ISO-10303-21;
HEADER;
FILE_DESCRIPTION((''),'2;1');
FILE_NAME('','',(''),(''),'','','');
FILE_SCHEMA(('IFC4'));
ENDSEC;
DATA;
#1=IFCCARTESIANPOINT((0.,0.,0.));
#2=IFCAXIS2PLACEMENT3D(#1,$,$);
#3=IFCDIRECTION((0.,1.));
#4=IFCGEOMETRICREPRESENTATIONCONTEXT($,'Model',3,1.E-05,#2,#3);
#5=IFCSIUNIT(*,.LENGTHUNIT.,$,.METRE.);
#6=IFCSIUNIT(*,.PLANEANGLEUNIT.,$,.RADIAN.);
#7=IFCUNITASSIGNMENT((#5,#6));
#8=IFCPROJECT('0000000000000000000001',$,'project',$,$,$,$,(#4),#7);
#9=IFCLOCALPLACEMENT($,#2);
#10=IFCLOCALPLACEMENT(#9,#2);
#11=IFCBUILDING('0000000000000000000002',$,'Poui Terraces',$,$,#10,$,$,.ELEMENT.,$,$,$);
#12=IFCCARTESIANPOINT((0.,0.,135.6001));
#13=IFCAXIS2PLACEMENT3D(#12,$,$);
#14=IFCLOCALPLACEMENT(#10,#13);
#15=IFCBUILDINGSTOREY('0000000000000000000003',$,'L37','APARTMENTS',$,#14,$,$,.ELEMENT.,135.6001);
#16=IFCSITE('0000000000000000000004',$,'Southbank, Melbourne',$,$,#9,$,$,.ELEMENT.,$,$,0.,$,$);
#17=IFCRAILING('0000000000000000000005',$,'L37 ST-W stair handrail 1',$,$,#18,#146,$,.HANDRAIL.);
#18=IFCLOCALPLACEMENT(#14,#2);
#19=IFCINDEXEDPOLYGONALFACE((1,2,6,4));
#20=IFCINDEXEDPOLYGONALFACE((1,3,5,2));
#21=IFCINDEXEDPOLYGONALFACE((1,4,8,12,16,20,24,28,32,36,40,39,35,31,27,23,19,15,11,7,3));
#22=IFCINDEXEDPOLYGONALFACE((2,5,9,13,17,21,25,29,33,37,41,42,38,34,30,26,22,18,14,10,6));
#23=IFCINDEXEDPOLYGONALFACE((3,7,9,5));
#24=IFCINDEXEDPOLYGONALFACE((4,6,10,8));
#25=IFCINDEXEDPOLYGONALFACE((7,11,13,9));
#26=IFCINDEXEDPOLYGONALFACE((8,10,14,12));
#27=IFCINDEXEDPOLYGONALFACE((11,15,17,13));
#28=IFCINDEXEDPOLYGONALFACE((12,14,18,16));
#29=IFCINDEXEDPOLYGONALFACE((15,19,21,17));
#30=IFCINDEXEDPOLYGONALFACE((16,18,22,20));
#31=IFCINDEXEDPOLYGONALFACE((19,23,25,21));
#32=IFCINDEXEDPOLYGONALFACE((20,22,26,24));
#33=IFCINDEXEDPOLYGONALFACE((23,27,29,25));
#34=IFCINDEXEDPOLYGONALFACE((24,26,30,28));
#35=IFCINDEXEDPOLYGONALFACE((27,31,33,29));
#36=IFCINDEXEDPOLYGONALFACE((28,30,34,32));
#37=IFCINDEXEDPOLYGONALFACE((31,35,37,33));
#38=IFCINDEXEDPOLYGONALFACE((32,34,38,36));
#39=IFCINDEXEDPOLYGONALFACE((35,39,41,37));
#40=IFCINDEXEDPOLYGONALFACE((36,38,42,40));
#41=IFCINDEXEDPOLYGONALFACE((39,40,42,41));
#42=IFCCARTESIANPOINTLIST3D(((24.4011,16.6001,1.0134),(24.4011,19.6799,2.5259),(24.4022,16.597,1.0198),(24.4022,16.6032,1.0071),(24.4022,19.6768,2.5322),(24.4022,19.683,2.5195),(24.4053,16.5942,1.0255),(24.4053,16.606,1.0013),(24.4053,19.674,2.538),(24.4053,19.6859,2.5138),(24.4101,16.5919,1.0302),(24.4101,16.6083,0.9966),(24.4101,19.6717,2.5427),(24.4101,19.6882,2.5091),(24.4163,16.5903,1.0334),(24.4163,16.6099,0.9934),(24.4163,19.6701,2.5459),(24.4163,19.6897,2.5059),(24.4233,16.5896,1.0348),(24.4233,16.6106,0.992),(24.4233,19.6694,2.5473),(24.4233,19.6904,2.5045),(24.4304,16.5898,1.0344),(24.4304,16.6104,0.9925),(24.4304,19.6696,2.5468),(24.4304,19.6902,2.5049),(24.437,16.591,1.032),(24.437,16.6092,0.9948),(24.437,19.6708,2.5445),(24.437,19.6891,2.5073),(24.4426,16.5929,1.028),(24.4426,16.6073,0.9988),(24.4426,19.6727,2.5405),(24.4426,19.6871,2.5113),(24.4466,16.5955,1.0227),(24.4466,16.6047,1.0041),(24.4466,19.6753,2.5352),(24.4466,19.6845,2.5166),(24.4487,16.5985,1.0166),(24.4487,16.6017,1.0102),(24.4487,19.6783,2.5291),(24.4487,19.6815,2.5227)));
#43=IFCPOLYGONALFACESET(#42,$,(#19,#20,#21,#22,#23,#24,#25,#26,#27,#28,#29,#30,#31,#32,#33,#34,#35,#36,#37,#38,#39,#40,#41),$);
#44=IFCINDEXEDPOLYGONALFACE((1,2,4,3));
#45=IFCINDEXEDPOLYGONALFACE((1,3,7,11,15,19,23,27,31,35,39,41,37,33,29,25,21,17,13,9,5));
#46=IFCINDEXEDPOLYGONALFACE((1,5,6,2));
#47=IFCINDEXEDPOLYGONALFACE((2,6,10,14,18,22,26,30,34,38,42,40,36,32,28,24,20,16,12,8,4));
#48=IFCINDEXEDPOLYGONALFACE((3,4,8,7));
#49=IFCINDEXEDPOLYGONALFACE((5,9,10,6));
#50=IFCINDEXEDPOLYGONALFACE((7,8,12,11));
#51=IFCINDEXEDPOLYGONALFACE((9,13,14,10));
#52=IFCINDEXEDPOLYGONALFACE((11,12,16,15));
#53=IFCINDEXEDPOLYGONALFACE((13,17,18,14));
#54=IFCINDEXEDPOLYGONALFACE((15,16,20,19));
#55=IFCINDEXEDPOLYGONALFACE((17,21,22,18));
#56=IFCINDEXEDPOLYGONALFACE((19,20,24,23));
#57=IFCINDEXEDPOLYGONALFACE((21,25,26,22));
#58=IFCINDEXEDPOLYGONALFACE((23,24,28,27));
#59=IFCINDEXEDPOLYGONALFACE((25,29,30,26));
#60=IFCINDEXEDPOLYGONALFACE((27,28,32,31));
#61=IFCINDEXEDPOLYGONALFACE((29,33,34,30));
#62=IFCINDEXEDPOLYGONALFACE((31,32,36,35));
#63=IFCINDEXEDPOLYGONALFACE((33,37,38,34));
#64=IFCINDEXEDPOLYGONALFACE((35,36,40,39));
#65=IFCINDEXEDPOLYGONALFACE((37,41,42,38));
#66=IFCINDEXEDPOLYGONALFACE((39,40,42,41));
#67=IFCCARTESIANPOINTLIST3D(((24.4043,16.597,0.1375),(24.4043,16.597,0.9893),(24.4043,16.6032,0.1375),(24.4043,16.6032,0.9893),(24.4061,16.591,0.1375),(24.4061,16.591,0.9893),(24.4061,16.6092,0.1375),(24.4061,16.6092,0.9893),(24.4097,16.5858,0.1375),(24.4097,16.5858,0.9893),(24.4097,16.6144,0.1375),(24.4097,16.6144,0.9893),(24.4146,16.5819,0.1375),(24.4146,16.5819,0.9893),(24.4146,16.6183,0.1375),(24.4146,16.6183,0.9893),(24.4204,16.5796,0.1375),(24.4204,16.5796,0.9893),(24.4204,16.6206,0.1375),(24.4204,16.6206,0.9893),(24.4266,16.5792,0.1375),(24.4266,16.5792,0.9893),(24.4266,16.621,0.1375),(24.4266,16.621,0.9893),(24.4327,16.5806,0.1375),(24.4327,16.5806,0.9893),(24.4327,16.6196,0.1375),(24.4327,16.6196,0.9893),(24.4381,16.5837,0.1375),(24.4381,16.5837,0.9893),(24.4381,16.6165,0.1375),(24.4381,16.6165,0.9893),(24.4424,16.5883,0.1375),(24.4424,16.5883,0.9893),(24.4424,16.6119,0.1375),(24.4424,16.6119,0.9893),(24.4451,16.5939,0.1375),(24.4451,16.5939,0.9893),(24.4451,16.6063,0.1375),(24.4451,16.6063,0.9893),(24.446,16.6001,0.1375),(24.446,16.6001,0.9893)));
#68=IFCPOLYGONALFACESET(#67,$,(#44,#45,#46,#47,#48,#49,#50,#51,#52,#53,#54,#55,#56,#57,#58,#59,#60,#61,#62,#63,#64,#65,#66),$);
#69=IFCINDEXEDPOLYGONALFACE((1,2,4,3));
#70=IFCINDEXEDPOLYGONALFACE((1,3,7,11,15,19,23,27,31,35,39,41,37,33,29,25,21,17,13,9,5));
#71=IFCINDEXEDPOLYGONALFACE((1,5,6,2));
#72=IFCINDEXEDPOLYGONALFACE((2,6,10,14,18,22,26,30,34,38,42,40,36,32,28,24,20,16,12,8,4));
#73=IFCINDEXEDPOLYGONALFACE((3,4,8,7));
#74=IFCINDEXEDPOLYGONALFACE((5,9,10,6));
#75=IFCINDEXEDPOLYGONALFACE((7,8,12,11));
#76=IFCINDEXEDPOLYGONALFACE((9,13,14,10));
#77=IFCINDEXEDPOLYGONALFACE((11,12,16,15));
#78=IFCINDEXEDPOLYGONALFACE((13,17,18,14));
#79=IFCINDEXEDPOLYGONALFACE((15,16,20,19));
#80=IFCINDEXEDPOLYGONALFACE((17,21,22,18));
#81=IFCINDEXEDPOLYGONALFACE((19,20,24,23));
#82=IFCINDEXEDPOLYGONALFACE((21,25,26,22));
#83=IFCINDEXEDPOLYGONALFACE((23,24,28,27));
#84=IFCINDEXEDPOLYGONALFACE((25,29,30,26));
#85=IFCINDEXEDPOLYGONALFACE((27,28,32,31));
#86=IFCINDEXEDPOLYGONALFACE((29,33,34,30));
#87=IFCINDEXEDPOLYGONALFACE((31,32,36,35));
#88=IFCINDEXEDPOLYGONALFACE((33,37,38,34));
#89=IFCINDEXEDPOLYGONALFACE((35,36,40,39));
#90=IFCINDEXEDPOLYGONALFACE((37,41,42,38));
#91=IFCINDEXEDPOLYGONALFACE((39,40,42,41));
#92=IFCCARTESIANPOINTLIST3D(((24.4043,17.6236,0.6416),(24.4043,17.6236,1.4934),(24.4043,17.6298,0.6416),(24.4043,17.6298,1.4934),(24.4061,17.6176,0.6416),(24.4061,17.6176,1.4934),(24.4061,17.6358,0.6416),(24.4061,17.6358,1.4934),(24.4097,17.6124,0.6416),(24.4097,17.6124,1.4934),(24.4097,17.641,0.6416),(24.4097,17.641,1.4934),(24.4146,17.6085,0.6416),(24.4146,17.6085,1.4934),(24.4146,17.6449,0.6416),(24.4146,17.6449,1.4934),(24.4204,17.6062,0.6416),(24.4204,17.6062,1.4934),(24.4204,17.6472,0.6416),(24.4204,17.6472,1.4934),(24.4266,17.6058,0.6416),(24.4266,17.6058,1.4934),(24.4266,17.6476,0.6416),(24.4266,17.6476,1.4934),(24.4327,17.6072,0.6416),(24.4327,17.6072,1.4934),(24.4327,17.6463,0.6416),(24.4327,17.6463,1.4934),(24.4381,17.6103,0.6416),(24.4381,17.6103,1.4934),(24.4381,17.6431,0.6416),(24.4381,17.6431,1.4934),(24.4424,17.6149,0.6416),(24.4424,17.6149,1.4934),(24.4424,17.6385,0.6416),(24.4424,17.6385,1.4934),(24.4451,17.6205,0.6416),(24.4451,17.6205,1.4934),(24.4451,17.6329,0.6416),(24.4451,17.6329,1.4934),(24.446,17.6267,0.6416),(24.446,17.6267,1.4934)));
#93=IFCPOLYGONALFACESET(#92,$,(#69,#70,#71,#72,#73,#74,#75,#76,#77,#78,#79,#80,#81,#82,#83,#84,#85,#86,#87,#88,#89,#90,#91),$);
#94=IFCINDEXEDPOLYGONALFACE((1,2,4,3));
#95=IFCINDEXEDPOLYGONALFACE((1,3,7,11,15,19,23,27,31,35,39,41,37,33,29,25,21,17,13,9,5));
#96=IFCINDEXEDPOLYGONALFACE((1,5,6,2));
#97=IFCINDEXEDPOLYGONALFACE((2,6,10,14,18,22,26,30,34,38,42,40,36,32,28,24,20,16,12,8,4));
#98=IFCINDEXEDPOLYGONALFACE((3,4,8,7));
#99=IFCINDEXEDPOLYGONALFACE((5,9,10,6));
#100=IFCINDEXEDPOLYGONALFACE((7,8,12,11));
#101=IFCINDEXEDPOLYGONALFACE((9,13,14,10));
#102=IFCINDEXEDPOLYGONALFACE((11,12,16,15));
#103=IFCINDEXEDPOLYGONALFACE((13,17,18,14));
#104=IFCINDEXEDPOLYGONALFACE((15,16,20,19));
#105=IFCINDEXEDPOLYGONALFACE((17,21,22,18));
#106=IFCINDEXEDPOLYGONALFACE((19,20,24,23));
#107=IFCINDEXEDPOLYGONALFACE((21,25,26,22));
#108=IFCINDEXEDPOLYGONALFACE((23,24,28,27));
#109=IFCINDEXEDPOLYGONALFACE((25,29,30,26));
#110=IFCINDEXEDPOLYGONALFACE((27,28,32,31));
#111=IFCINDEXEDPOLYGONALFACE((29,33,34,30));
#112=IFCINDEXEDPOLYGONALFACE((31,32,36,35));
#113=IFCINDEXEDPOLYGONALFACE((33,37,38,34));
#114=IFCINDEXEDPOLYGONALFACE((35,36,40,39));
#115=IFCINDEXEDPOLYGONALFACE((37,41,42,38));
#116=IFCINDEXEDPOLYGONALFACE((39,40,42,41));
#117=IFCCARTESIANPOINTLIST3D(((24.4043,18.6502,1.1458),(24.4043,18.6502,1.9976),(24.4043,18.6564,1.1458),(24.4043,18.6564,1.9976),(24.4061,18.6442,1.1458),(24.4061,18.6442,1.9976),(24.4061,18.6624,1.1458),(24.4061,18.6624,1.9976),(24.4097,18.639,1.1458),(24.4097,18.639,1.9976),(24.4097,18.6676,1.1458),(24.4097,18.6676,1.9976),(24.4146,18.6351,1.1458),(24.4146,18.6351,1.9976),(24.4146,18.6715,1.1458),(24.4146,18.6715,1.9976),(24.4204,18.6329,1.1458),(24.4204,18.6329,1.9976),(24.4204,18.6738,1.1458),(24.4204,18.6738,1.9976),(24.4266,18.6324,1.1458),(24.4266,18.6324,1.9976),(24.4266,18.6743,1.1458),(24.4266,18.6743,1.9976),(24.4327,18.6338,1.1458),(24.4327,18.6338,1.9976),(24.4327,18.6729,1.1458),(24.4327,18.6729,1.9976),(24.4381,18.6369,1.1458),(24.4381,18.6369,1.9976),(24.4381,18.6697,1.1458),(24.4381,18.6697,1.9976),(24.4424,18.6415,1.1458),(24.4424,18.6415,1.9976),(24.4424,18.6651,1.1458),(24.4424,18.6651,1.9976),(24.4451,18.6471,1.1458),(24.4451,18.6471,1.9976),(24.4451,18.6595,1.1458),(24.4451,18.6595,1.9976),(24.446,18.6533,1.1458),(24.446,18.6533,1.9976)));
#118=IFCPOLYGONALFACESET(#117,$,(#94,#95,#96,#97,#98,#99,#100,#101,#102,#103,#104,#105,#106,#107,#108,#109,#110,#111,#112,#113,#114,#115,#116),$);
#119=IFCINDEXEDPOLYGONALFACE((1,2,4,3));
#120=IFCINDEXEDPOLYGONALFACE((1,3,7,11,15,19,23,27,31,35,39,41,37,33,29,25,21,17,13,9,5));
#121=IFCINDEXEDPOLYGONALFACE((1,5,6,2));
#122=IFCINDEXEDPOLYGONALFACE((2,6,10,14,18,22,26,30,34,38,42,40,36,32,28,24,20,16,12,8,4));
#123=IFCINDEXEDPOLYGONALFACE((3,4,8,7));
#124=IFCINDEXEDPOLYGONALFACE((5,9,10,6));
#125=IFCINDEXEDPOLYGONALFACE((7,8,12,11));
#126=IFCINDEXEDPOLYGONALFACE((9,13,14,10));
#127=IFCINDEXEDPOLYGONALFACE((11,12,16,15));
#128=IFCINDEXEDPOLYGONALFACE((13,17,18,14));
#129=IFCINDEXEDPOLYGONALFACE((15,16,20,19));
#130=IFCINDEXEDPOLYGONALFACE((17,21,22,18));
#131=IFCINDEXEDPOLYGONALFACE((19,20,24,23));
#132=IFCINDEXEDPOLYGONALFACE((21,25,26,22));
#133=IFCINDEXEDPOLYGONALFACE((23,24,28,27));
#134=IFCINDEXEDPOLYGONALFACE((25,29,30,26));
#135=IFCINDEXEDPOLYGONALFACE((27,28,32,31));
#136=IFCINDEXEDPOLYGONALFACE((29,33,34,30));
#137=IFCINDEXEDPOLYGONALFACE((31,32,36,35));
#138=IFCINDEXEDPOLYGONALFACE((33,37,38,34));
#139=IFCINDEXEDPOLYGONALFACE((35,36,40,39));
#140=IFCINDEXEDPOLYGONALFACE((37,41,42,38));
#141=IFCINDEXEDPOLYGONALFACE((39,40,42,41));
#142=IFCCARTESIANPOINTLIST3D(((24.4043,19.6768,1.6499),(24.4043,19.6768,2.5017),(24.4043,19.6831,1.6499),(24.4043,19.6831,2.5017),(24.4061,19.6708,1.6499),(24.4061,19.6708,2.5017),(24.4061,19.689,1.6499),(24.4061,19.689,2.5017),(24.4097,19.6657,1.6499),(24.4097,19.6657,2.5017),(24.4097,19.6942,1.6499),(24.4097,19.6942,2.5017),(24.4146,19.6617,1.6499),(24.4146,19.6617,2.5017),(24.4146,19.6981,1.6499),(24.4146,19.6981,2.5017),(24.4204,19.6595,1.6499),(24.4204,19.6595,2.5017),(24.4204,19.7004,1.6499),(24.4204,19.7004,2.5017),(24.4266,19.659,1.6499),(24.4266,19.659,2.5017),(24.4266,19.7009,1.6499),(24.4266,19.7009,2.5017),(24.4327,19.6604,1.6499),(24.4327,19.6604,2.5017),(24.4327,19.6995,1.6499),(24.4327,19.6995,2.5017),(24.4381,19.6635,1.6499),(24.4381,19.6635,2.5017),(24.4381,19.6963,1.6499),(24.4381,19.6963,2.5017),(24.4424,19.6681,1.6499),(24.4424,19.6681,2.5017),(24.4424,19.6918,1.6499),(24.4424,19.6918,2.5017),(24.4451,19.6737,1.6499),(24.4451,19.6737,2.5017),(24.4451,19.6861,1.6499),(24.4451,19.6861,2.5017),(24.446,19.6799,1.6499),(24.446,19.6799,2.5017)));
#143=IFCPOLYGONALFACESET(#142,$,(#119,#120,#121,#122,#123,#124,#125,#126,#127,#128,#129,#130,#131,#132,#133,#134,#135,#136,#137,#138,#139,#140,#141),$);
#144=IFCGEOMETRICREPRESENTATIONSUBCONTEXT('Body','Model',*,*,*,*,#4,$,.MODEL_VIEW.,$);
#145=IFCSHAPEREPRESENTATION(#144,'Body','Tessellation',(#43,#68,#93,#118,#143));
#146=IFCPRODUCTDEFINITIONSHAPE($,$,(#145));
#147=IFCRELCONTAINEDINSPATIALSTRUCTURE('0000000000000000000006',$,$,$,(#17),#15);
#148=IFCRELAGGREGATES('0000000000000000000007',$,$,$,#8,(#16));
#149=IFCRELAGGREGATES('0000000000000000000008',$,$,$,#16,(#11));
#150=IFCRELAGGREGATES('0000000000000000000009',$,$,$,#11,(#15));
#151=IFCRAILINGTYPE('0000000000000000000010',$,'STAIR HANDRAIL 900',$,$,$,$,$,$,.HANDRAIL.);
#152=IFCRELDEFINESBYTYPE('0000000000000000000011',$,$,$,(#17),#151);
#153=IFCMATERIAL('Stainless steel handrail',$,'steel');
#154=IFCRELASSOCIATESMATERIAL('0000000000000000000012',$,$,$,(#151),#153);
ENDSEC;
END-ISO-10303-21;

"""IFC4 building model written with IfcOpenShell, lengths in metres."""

from ifc_helpers import new_model, si_unit, direction, frame, origin, origin_2d, place, context, subcontext, project, spatial, circle, extrude, material, type_object, element, save


model = new_model("IFC4")

# Units and contexts
model_context = context("Model", 3, precision=1e-05, world=origin(), true_north=direction((0.0, 1.0)))
body_context = subcontext(model_context, "Body", "Model", "MODEL_VIEW")
ifc_project = project(units=[si_unit("LENGTHUNIT", "METRE"), si_unit("PLANEANGLEUNIT", "RADIAN")], contexts=[model_context])

# Site, building, storey
site_placement = place(None, origin())
site = spatial("IfcSite", under=ifc_project, at=site_placement, Name="Southbank, Melbourne", CompositionType="ELEMENT", RefElevation=0.0)
building_placement = place(site_placement, origin())
building = spatial("IfcBuilding", under=site, at=building_placement, Name="Poui Terraces", CompositionType="ELEMENT")
storey_placement = place(building_placement, frame((0.0, 0.0, 135.6001)))
storey = spatial("IfcBuildingStorey", under=building, at=storey_placement, Name="L37", Description="APARTMENTS", CompositionType="ELEMENT", Elevation=135.6001)

# Railing
ifc_material_1 = material(Name="Stainless steel handrail", Category="steel")
railing_type_1 = type_object("IfcRailingType", Name="STAIR HANDRAIL 900", PredefinedType="HANDRAIL", material=ifc_material_1)
railing_1_placement = place(storey_placement, frame((24.425, 16.6001, 0.1375)))
element("IfcRailing", 1, at=railing_1_placement, inside=storey, type_object=railing_type_1, Name="L37 ST-W stair handrail 1", PredefinedType="HANDRAIL", context=body_context, shape_type="SweptSolid", body=[
    extrude(circle(Radius=0.0239, at=origin_2d()), frame((0.0, 0.0, 0.876), z_axis=(0.0, 0.897606, 0.440798), x_axis=(-1.0, 0.0, 0.0)), (0.0, 0.0, 1.0), 3.4312),
    extrude(circle(Radius=0.021, at=origin_2d()), origin(), (0.0, 0.0, 1.0), 0.8518),
    extrude(circle(Radius=0.021, at=origin_2d()), frame((0.0, 1.0266, 0.5042)), (0.0, 0.0, 1.0), 0.8518),
    extrude(circle(Radius=0.021, at=origin_2d()), frame((0.0, 2.0532, 1.0083)), (0.0, 0.0, 1.0), 0.8518),
    extrude(circle(Radius=0.021, at=origin_2d()), frame((0.0, 3.0798, 1.5125)), (0.0, 0.0, 1.0), 0.8518),
])

save(model, "model.ifc")
